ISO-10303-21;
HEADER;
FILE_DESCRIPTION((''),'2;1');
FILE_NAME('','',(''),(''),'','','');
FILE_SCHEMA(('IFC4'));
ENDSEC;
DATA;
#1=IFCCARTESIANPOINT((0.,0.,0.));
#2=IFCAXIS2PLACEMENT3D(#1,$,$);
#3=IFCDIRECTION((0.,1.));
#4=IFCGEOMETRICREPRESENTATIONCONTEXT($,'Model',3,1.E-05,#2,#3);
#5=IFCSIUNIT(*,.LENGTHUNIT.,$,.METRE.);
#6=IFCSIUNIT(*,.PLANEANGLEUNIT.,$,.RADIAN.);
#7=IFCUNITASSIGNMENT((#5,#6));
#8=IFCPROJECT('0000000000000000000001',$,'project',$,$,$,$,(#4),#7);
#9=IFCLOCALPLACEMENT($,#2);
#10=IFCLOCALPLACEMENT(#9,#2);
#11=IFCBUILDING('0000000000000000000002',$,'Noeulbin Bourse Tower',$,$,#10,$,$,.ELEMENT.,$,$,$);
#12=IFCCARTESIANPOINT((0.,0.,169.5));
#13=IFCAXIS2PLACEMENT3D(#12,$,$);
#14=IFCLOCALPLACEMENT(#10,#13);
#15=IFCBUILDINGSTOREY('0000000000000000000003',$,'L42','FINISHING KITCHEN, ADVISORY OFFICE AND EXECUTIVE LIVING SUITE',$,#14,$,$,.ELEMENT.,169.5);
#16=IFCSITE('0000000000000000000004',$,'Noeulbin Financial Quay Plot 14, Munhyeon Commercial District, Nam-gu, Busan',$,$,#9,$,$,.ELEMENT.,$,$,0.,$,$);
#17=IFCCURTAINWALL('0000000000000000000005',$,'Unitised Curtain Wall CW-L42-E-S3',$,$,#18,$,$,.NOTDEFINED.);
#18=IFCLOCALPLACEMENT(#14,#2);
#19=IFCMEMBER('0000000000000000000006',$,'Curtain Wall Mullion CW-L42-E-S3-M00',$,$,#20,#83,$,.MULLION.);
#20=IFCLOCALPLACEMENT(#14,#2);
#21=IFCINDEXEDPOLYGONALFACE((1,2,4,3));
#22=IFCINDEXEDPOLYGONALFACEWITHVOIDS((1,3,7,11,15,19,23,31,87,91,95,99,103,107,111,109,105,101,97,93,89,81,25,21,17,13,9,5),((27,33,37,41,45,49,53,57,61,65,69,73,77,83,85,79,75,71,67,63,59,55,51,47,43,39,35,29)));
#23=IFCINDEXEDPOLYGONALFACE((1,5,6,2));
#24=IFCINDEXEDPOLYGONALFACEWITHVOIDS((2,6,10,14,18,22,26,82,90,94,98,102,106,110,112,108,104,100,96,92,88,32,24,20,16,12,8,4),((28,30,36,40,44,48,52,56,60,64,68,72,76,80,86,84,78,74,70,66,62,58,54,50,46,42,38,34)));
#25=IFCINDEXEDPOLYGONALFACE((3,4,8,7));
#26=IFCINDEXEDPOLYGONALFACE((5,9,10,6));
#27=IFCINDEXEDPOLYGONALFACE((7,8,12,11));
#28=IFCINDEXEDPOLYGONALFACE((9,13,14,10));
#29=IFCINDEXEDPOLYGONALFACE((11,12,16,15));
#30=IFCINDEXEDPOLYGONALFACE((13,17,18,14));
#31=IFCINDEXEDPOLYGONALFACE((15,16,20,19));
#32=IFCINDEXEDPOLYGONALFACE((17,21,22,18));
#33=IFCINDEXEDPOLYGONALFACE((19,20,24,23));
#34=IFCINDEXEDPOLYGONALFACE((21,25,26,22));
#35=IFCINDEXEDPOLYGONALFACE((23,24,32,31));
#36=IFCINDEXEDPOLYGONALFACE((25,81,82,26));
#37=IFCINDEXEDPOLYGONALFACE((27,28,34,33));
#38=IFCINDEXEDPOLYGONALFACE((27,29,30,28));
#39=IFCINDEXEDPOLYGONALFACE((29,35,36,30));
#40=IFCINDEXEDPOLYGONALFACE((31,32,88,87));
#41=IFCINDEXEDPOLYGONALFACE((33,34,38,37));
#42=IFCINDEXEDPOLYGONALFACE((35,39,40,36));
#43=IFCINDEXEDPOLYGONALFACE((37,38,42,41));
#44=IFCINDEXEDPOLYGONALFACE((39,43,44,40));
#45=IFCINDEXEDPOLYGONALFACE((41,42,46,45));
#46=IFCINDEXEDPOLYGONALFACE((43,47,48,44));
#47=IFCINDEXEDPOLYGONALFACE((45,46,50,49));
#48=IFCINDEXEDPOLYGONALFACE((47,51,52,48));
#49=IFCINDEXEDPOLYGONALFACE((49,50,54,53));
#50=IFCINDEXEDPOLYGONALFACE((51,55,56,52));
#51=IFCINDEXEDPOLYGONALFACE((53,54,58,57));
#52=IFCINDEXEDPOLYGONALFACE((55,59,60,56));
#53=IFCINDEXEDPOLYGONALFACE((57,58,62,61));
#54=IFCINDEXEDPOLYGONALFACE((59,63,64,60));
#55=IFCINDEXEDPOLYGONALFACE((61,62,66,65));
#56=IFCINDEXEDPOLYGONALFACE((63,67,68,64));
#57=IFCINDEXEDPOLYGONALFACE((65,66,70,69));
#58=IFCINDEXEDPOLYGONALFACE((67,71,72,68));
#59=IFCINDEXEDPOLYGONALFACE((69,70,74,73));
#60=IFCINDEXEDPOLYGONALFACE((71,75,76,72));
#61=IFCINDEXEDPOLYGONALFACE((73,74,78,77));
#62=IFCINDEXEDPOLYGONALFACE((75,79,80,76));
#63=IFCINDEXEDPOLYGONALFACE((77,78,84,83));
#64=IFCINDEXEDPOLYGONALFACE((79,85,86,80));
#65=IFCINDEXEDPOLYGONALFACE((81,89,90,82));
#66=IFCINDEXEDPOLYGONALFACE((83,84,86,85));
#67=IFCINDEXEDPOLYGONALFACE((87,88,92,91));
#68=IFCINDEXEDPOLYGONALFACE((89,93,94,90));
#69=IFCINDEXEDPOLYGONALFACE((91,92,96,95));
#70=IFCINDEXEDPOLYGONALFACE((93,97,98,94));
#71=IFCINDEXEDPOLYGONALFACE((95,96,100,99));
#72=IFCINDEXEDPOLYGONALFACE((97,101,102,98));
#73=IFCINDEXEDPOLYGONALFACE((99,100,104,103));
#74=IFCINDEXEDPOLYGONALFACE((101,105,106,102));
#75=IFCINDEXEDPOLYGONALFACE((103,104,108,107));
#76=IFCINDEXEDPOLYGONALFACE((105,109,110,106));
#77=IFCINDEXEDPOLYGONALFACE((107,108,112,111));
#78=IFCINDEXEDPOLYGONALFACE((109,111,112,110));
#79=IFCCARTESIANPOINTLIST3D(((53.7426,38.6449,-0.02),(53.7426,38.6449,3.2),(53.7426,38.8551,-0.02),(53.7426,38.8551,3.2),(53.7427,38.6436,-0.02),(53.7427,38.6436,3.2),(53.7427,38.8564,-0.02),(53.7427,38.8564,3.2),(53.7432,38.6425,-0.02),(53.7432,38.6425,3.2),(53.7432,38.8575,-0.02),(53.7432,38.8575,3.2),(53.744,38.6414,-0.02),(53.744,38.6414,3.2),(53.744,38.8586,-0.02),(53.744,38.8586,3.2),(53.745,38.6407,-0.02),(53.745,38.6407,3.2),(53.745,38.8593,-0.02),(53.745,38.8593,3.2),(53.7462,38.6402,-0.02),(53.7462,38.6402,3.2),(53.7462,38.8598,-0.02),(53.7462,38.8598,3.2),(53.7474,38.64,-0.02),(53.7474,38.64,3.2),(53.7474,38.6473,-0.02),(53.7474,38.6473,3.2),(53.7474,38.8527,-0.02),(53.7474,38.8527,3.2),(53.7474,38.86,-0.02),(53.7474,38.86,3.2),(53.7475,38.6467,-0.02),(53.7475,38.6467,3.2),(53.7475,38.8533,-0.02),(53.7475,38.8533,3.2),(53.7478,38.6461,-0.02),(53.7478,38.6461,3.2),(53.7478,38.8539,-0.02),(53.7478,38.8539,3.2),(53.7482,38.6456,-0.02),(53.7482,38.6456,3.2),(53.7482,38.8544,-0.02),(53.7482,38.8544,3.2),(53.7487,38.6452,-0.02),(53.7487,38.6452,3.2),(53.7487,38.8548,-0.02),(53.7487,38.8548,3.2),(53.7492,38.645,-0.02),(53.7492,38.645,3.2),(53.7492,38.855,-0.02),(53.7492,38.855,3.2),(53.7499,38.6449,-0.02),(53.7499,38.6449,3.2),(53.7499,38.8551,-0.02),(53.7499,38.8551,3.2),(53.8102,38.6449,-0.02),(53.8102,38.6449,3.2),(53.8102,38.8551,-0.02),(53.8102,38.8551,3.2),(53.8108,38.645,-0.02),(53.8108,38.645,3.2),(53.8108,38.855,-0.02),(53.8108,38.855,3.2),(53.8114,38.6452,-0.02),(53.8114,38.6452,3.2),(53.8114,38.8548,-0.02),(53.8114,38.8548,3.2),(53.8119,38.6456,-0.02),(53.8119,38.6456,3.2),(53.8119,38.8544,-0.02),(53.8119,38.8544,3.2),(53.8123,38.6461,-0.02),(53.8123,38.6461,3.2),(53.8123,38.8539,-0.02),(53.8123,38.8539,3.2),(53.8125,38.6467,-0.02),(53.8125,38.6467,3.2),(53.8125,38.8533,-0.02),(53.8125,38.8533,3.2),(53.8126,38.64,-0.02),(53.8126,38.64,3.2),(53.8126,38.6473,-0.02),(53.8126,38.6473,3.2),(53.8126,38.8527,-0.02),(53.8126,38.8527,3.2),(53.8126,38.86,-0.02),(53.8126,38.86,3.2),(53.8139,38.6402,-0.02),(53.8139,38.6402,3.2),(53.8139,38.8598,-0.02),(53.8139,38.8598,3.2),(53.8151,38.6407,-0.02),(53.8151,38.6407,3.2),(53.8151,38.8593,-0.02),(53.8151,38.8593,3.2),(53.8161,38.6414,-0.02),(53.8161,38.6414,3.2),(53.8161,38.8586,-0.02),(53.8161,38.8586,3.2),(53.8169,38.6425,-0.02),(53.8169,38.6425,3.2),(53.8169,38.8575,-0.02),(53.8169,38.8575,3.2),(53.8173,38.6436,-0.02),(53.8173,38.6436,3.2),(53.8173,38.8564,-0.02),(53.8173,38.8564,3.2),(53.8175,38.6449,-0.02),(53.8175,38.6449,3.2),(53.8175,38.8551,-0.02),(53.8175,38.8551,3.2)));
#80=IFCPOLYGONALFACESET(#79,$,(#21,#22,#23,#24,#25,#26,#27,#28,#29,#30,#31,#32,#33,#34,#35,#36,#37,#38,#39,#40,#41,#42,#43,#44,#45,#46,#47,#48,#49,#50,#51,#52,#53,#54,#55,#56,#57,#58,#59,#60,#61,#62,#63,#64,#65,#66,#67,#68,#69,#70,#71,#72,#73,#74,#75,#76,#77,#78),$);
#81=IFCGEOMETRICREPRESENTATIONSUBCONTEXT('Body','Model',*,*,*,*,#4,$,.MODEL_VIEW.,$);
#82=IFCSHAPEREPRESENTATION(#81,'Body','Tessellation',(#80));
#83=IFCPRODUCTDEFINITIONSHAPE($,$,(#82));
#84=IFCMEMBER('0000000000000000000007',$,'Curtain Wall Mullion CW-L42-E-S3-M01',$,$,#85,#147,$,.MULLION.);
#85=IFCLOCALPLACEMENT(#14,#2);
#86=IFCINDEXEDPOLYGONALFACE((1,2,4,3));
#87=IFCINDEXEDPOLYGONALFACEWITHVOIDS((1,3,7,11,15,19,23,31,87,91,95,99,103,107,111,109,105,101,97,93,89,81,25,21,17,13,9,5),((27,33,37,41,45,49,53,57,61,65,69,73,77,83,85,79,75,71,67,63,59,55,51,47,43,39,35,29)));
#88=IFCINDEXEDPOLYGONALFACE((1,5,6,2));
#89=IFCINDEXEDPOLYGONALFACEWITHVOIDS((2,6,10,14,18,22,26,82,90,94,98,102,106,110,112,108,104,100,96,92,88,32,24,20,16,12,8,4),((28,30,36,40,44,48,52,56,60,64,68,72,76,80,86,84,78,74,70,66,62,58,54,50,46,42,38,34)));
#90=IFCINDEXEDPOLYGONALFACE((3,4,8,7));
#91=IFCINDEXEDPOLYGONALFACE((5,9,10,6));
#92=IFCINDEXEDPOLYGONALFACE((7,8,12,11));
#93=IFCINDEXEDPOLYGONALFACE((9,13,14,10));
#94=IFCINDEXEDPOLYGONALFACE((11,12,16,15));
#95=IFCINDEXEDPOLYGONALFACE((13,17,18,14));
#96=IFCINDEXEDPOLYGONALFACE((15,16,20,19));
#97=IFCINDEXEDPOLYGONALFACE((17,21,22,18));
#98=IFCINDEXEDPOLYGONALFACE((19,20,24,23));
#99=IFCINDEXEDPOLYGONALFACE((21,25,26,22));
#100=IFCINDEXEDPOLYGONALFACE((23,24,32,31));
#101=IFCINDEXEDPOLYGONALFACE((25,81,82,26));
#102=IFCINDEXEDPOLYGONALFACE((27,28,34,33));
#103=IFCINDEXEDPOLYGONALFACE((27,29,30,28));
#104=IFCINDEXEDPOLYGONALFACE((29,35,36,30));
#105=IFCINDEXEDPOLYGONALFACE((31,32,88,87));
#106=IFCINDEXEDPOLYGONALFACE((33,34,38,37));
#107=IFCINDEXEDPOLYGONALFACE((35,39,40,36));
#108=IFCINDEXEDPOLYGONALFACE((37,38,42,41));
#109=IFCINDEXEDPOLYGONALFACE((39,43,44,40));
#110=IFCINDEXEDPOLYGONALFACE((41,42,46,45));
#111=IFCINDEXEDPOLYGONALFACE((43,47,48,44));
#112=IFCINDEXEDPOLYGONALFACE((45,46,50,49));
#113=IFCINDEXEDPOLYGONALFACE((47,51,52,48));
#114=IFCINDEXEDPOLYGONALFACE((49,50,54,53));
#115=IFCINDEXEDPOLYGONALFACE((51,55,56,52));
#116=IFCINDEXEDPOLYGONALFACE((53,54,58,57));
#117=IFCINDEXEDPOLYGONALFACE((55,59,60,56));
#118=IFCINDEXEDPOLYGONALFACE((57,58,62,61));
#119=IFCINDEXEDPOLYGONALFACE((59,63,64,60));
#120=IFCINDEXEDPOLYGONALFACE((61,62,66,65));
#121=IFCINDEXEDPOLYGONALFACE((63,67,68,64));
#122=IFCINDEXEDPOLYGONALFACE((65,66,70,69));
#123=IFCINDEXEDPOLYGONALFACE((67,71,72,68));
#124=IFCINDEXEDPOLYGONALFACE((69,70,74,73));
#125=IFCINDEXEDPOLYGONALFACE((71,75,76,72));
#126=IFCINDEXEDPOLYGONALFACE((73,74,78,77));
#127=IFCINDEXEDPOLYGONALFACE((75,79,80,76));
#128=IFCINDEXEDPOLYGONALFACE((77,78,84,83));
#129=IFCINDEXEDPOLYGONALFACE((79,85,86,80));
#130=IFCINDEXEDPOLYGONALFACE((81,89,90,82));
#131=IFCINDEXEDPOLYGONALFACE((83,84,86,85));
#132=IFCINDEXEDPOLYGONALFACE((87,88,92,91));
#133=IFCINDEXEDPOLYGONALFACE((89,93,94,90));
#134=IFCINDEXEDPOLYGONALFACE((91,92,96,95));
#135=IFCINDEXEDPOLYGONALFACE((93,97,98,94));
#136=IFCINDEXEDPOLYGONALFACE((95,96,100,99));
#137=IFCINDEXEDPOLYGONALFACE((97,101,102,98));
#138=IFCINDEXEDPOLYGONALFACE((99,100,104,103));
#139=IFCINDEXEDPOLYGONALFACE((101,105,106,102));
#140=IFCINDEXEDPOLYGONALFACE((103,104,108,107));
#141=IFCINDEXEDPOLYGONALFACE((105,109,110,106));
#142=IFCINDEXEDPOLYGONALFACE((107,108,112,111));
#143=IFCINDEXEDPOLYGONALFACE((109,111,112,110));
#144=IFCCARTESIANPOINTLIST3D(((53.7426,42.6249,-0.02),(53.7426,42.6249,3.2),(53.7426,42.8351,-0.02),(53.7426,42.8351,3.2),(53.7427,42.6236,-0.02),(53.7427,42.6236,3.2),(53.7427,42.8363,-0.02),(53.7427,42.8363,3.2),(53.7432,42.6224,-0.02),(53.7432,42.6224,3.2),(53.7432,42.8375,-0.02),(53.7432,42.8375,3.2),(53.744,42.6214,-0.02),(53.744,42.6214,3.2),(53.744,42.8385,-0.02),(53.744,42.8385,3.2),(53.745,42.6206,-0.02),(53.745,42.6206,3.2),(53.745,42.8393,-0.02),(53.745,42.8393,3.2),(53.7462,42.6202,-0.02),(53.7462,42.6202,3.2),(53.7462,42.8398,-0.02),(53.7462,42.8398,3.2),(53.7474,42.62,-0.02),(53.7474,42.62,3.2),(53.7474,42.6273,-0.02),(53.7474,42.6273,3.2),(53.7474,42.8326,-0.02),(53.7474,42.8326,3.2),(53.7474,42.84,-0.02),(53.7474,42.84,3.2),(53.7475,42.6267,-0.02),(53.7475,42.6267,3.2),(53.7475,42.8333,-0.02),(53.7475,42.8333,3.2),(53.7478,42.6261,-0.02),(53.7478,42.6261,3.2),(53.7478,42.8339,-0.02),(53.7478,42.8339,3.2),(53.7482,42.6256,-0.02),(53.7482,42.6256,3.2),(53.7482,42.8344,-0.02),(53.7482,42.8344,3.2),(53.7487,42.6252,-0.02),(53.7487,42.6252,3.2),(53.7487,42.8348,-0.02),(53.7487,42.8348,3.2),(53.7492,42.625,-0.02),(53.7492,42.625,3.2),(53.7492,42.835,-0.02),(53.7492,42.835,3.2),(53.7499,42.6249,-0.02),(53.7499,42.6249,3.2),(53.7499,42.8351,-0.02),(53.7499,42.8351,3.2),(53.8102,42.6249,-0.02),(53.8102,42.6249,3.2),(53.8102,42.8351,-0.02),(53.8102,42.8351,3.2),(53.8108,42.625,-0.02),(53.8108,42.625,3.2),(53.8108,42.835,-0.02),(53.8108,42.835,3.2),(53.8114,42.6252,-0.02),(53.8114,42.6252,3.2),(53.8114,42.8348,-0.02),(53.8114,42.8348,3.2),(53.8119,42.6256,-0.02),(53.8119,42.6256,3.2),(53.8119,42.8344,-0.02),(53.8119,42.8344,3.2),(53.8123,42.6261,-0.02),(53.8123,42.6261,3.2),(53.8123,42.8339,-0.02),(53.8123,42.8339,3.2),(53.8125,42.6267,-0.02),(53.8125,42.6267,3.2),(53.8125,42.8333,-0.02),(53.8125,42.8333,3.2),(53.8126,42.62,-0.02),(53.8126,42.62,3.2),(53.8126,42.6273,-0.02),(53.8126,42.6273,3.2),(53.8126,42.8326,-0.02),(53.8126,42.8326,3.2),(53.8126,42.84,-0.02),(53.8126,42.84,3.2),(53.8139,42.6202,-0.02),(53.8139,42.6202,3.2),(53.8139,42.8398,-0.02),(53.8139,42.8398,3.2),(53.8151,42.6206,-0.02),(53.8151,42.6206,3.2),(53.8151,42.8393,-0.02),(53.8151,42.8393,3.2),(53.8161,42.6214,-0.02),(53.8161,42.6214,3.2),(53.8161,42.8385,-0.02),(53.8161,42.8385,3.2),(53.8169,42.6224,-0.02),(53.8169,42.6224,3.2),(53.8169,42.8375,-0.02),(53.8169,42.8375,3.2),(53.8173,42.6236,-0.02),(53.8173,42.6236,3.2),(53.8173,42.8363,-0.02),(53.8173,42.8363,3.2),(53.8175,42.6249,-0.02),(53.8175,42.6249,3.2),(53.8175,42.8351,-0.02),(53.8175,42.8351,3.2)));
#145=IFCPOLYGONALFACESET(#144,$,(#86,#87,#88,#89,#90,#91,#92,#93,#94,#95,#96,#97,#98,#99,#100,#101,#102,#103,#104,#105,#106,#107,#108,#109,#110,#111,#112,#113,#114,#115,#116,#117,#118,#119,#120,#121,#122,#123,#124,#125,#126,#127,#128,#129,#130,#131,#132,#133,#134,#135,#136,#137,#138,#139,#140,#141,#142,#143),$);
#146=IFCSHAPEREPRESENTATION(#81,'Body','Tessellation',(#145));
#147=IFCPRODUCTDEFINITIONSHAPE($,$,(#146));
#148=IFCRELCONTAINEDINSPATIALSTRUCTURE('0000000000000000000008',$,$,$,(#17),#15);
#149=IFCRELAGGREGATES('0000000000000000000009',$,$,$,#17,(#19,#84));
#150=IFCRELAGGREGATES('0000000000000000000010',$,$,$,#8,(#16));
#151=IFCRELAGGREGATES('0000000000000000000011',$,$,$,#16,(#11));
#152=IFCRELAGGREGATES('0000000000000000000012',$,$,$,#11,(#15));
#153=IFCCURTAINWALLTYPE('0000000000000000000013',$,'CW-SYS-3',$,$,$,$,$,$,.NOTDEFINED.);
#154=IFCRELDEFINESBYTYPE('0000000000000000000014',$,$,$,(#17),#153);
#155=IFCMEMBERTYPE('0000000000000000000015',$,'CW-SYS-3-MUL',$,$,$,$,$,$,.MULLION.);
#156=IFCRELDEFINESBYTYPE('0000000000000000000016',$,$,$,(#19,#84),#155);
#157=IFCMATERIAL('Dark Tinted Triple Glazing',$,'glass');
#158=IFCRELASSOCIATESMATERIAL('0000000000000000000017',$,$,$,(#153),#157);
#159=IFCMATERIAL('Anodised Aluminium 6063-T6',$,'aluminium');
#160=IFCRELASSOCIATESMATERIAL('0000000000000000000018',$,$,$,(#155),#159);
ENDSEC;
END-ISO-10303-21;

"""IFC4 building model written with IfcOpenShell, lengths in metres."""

from ifc_helpers import new_model, si_unit, direction, frame, origin, origin_2d, place, context, subcontext, project, spatial, hollow_rectangle, extrude, material, material_profile, profile_set, type_object, element, aggregate, save


model = new_model("IFC4")

# Units and contexts
model_context = context("Model", 3, precision=1e-05, world=origin(), true_north=direction((0.0, 1.0)))
body_context = subcontext(model_context, "Body", "Model", "MODEL_VIEW")
ifc_project = project(units=[si_unit("LENGTHUNIT", "METRE"), si_unit("PLANEANGLEUNIT", "RADIAN")], contexts=[model_context])

# Site, building, storey
site_placement = place(None, origin())
site = spatial("IfcSite", under=ifc_project, at=site_placement, Name="Noeulbin Financial Quay Plot 14, Munhyeon Commercial District, Nam-gu, Busan", CompositionType="ELEMENT", RefElevation=0.0)
building_placement = place(site_placement, origin())
building = spatial("IfcBuilding", under=site, at=building_placement, Name="Noeulbin Bourse Tower", CompositionType="ELEMENT")
storey_placement = place(building_placement, frame((0.0, 0.0, 169.5)))
storey = spatial("IfcBuildingStorey", under=building, at=storey_placement, Name="L42", Description="FINISHING KITCHEN, ADVISORY OFFICE AND EXECUTIVE LIVING SUITE", CompositionType="ELEMENT", Elevation=169.5)

# Shared definitions
ifc_material_1 = material(Name="Dark Tinted Triple Glazing", Category="glass")
curtain_wall_type = type_object("IfcCurtainWallType", Name="CW-SYS-3", PredefinedType="NOTDEFINED", material=ifc_material_1)
ifc_material_2 = material(Name="Anodised Aluminium 6063-T6", Category="aluminium")
ifc_material_profile_1 = material_profile(ifc_material_2, hollow_rectangle(XDim=0.075, YDim=0.22, WallThickness=0.0049, InnerFilletRadius=0.0024, OuterFilletRadius=0.0049, at=origin_2d()), Name="ALU-MULL-75x220x5", Category="LoadBearing")
ifc_profile_set_1 = profile_set([ifc_material_profile_1], Name="Anodised Aluminium 6063-T6")
member_type_1 = type_object("IfcMemberType", Name="CW-SYS-3-MUL", PredefinedType="MULLION", material=ifc_profile_set_1)

# Curtain wall, members
curtain_wall_1_placement = place(storey_placement, origin())
curtain_wall_1 = element("IfcCurtainWall", 1, at=curtain_wall_1_placement, inside=storey, type_object=curtain_wall_type, Name="Unitised Curtain Wall CW-L42-E-S3", PredefinedType="NOTDEFINED")
member_1_placement = place(storey_placement, frame((53.78, 38.75, -0.02), z_axis=(0.0, 0.0, 1.0), x_axis=(1.0, 0.0, 0.0)))
member_1 = element("IfcMember", 2, at=member_1_placement, type_object=member_type_1, Name="Curtain Wall Mullion CW-L42-E-S3-M00", PredefinedType="MULLION", context=body_context, shape_type="SweptSolid", body=[
    extrude(hollow_rectangle(XDim=0.075, YDim=0.22, WallThickness=0.0049, InnerFilletRadius=0.0024, OuterFilletRadius=0.0049, at=origin_2d()), origin(), (0.0, 0.0, 1.0), 3.22),
])
member_2_placement = place(storey_placement, frame((53.78, 42.73, -0.02), z_axis=(0.0, 0.0, 1.0), x_axis=(1.0, 0.0, 0.0)))
member_2 = element("IfcMember", 3, at=member_2_placement, type_object=member_type_1, Name="Curtain Wall Mullion CW-L42-E-S3-M01", PredefinedType="MULLION", context=body_context, shape_type="SweptSolid", body=[
    extrude(hollow_rectangle(XDim=0.075, YDim=0.22, WallThickness=0.0049, InnerFilletRadius=0.0024, OuterFilletRadius=0.0049, at=origin_2d()), origin(), (0.0, 0.0, 1.0), 3.22),
])

aggregate(curtain_wall_1, [member_1, member_2])

save(model, "model.ifc")
